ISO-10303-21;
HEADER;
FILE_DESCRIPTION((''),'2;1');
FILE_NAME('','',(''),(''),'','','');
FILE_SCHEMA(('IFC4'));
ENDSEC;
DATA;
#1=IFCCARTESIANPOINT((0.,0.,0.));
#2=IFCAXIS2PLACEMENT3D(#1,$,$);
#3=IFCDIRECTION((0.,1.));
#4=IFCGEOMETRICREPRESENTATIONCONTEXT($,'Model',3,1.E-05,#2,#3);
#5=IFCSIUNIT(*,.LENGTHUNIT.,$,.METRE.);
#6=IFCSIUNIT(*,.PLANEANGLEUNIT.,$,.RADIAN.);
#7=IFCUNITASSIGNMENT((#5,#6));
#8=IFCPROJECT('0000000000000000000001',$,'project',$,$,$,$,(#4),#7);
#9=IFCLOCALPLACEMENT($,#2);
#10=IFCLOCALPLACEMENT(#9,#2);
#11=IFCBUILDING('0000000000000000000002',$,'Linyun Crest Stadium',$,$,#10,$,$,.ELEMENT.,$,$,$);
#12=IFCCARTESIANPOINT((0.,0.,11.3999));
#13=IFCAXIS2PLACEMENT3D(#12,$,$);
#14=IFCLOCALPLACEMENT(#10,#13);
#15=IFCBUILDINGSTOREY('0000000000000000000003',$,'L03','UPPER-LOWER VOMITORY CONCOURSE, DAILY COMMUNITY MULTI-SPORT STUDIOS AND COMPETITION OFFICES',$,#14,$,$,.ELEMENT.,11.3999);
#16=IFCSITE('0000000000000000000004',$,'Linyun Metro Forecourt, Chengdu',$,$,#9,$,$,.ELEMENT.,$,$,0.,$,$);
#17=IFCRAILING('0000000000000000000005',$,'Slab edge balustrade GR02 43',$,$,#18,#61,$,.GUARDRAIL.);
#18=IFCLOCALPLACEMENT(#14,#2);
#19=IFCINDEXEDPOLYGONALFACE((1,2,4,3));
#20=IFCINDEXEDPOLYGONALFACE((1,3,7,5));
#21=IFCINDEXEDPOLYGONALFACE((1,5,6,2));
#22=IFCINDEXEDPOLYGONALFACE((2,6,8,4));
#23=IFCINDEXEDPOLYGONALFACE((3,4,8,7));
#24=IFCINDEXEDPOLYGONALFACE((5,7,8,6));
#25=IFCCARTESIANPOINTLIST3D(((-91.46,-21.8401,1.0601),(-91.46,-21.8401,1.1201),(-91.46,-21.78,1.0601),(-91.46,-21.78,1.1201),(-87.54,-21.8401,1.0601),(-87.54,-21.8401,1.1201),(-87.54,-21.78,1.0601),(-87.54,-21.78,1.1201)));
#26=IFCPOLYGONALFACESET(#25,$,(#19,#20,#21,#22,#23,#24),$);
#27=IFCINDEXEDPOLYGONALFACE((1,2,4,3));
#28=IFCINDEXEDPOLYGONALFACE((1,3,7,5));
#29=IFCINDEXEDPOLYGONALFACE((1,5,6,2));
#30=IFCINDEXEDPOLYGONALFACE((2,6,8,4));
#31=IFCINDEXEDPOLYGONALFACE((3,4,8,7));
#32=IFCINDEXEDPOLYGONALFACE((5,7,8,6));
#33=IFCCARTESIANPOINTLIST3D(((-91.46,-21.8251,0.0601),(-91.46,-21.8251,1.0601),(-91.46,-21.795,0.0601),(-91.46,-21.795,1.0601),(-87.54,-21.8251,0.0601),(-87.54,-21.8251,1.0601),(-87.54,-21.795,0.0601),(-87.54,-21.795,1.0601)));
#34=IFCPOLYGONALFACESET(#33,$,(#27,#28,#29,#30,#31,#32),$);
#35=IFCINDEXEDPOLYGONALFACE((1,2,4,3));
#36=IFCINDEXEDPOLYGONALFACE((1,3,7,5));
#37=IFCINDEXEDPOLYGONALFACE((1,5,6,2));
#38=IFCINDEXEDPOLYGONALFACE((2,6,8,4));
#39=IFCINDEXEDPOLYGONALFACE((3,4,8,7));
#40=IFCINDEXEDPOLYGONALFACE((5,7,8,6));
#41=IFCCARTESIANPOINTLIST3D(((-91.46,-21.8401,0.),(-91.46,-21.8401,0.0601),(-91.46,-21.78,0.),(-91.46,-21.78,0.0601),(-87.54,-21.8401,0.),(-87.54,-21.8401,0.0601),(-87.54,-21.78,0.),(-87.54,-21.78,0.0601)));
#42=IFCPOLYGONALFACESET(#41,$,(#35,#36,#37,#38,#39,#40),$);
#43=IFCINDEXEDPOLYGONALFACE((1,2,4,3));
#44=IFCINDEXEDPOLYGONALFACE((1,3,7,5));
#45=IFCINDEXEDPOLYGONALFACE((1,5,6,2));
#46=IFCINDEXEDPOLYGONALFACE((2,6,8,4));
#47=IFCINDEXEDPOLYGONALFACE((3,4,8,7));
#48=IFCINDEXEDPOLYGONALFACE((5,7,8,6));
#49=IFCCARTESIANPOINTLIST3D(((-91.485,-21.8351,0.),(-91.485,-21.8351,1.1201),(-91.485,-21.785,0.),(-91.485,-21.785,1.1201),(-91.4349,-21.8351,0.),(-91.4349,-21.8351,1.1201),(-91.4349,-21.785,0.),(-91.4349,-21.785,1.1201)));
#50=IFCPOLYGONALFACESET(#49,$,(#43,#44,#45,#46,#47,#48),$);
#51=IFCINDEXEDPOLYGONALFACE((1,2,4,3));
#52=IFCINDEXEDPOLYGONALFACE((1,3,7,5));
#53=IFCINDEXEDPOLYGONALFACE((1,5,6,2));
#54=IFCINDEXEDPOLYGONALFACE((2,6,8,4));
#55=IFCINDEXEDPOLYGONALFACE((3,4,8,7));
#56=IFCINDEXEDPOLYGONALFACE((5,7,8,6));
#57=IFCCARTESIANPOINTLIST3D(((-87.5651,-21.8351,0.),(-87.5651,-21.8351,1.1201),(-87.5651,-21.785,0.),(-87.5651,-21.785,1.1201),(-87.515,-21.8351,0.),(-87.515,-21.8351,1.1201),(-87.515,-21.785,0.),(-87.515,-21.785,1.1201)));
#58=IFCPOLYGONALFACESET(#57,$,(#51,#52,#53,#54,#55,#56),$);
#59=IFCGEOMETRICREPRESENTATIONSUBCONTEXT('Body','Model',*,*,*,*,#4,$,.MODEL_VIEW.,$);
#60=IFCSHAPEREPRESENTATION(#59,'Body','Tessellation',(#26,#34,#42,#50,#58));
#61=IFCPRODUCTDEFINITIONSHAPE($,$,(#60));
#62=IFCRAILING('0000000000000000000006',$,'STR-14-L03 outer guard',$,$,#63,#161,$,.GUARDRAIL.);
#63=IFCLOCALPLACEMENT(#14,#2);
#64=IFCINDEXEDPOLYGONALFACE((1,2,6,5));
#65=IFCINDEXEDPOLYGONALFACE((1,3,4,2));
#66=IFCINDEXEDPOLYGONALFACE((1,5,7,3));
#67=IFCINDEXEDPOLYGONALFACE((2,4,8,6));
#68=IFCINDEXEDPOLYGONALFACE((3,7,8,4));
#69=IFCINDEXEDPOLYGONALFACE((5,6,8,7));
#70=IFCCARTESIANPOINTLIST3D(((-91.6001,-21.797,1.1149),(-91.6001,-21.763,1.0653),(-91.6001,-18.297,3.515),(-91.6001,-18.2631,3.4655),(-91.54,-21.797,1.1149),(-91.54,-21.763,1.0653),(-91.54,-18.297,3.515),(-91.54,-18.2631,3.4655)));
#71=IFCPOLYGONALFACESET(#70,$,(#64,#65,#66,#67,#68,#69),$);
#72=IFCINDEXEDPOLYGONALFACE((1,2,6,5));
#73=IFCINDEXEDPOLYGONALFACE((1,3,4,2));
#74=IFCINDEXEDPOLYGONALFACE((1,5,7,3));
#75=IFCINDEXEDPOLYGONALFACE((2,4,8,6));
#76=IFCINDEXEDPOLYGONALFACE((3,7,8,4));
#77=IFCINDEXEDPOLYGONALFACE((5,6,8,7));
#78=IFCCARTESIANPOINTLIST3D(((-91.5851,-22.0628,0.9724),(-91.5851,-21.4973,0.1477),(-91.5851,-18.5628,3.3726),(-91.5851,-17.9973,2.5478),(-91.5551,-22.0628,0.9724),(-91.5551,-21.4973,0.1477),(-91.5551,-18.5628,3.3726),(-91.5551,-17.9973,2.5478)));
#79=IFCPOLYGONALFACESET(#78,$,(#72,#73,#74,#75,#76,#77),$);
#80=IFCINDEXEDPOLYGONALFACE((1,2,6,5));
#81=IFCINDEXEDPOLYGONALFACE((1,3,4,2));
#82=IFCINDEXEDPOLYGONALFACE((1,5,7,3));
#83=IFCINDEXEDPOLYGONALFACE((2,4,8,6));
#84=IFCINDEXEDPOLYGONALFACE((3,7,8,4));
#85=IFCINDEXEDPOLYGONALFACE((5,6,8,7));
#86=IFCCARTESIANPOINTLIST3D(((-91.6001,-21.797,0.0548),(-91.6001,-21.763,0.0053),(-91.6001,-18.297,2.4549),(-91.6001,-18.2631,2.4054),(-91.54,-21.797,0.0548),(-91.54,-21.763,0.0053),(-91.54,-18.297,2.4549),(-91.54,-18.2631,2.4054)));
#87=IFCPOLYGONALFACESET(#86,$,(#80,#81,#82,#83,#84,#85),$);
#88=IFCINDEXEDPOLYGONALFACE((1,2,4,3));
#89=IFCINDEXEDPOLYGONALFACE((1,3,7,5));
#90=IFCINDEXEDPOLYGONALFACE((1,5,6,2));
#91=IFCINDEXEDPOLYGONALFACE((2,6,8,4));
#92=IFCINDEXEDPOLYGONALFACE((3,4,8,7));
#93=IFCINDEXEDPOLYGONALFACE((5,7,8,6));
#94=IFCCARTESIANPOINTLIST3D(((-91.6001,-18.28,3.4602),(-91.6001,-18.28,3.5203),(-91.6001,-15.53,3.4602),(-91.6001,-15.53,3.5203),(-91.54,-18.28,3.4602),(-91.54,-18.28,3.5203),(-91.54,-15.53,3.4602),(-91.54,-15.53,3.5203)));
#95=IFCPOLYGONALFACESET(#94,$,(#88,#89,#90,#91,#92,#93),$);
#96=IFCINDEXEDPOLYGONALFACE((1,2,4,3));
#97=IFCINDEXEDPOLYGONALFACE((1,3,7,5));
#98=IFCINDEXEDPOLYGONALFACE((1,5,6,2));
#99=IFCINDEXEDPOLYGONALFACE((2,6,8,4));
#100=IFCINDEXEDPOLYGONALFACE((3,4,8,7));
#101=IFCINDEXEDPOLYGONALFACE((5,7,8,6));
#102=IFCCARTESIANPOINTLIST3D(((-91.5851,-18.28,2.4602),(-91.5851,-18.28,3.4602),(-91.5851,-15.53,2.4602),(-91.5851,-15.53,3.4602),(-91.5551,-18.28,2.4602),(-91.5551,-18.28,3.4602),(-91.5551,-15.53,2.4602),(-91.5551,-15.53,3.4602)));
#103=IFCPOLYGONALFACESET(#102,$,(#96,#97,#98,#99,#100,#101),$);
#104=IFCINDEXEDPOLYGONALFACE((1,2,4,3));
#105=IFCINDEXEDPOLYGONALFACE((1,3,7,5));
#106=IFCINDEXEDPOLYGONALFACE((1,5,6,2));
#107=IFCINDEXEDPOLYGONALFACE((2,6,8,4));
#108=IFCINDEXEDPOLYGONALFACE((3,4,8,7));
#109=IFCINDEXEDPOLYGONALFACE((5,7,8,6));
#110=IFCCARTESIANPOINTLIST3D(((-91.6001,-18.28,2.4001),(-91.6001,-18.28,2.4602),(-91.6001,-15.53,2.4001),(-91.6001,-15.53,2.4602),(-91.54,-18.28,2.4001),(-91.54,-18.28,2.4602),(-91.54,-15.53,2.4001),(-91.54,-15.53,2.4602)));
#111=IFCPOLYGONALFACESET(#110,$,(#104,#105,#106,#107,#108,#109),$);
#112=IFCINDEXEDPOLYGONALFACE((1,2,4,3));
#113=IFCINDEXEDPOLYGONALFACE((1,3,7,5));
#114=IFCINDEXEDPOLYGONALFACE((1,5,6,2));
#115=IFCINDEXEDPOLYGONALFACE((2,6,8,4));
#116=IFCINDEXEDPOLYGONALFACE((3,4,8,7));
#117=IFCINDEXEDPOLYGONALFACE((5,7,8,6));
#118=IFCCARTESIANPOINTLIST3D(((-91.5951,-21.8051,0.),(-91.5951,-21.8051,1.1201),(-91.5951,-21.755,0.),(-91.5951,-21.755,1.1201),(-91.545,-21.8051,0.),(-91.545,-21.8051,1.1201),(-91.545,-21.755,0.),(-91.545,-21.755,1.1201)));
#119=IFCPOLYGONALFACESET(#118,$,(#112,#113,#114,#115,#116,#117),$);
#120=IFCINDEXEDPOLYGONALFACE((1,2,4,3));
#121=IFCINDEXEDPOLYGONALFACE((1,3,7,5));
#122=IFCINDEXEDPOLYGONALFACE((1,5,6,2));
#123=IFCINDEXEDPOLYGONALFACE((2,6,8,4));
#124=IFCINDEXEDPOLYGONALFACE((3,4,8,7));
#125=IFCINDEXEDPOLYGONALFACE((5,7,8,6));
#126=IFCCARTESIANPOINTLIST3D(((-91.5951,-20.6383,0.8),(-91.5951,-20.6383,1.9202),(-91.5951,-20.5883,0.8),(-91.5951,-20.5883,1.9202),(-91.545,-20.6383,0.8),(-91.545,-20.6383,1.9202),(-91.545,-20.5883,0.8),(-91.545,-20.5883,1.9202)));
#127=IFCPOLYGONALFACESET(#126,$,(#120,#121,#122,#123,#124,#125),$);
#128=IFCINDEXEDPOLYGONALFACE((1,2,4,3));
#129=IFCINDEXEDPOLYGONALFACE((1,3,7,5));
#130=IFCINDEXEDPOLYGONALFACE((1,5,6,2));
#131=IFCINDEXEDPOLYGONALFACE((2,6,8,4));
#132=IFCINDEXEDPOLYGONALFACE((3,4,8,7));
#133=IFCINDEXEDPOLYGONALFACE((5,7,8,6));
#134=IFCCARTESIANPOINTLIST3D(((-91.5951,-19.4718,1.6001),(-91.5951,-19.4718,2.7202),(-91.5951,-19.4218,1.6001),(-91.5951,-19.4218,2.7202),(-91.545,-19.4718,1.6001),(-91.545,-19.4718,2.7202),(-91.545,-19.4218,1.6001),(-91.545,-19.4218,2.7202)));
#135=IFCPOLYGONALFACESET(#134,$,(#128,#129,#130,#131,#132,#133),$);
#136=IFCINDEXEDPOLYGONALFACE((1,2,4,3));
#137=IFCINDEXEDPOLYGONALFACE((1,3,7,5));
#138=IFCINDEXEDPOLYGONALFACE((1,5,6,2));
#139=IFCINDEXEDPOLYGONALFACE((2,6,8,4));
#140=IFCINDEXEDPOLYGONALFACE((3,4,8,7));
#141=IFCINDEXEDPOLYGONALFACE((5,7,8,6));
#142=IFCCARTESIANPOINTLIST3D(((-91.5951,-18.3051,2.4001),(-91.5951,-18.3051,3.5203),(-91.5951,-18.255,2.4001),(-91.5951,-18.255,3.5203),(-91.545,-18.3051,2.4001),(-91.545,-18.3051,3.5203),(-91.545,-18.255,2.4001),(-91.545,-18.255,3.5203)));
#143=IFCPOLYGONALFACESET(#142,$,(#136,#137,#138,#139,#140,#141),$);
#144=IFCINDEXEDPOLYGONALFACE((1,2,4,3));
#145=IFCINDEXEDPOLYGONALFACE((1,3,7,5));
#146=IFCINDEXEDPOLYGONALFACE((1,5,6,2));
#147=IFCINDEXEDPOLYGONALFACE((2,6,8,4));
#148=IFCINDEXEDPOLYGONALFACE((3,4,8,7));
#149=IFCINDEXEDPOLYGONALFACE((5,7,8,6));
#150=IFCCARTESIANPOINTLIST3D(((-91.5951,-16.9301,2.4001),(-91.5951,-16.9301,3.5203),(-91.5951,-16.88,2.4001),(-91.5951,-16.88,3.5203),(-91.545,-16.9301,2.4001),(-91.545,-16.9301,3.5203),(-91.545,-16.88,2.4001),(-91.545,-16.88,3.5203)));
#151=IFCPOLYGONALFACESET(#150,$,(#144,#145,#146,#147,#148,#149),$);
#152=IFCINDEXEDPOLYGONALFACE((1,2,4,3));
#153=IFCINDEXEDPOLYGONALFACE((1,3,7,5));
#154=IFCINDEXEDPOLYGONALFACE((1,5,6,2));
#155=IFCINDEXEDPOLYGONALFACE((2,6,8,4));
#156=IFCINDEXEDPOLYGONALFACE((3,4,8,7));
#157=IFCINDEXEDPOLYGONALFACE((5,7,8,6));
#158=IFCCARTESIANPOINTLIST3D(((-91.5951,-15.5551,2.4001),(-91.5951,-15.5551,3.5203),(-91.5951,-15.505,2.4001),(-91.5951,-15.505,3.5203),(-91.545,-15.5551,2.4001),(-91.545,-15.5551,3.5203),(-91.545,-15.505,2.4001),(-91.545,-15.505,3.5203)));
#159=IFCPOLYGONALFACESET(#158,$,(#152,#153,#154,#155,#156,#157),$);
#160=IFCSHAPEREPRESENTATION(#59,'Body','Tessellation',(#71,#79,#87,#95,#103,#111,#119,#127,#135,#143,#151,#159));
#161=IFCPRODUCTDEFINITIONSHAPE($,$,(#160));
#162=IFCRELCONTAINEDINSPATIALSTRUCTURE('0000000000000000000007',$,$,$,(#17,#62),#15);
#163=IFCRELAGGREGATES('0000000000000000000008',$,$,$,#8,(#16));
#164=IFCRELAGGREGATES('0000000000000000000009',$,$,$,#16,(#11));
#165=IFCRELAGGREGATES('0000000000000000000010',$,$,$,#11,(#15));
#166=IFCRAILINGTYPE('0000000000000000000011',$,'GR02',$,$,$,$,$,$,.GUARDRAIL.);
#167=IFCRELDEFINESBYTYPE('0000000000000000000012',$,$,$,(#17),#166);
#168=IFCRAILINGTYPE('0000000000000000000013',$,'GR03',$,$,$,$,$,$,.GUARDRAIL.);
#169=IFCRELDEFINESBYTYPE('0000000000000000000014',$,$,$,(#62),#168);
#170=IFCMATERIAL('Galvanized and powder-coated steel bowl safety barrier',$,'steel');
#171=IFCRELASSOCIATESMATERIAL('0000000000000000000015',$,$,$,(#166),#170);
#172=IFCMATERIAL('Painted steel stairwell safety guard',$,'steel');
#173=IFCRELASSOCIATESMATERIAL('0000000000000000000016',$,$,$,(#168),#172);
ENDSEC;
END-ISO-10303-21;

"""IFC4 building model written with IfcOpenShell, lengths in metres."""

from ifc_helpers import new_model, si_unit, direction, frame, origin, origin_2d, place, context, subcontext, project, spatial, rectangle, extrude, material, type_object, element, save


model = new_model("IFC4")

# Units and contexts
model_context = context("Model", 3, precision=1e-05, world=origin(), true_north=direction((0.0, 1.0)))
body_context = subcontext(model_context, "Body", "Model", "MODEL_VIEW")
ifc_project = project(units=[si_unit("LENGTHUNIT", "METRE"), si_unit("PLANEANGLEUNIT", "RADIAN")], contexts=[model_context])

# Site, building, storey
site_placement = place(None, origin())
site = spatial("IfcSite", under=ifc_project, at=site_placement, Name="Linyun Metro Forecourt, Chengdu", CompositionType="ELEMENT", RefElevation=0.0)
building_placement = place(site_placement, origin())
building = spatial("IfcBuilding", under=site, at=building_placement, Name="Linyun Crest Stadium", CompositionType="ELEMENT")
storey_placement = place(building_placement, frame((0.0, 0.0, 11.3999)))
storey = spatial("IfcBuildingStorey", under=building, at=storey_placement, Name="L03", Description="UPPER-LOWER VOMITORY CONCOURSE, DAILY COMMUNITY MULTI-SPORT STUDIOS AND COMPETITION OFFICES", CompositionType="ELEMENT", Elevation=11.3999)

# Railings
ifc_material_1 = material(Name="Galvanized and powder-coated steel bowl safety barrier", Category="steel")
railing_type_1 = type_object("IfcRailingType", Name="GR02", PredefinedType="GUARDRAIL", material=ifc_material_1)
railing_1_placement = place(storey_placement, frame((-91.46, -21.8101, 0.0)))
element("IfcRailing", 1, at=railing_1_placement, inside=storey, type_object=railing_type_1, Name="Slab edge balustrade GR02 43", PredefinedType="GUARDRAIL", context=body_context, shape_type="SweptSolid", body=[
    extrude(rectangle(XDim=0.0601, YDim=0.0601, at=origin_2d()), frame((0.0, 0.0, 1.0901), z_axis=(1.0, 0.0, 0.0), x_axis=(0.0, 1.0, 0.0)), (0.0, 0.0, 1.0), 3.9199),
    extrude(rectangle(XDim=0.03, YDim=1.0, at=origin_2d()), frame((0.0, 0.0, 0.5601), z_axis=(1.0, 0.0, 0.0), x_axis=(0.0, 1.0, 0.0)), (0.0, 0.0, 1.0), 3.9199),
    extrude(rectangle(XDim=0.0601, YDim=0.0601, at=origin_2d()), frame((0.0, 0.0, 0.03), z_axis=(1.0, 0.0, 0.0), x_axis=(0.0, 1.0, 0.0)), (0.0, 0.0, 1.0), 3.9199),
    extrude(rectangle(XDim=0.05, YDim=0.05, at=origin_2d()), origin(), (0.0, 0.0, 1.0), 1.1201),
    extrude(rectangle(XDim=0.05, YDim=0.05, at=origin_2d()), frame((3.9199, 0.0, 0.0)), (0.0, 0.0, 1.0), 1.1201),
])
ifc_material_2 = material(Name="Painted steel stairwell safety guard", Category="steel")
railing_type_2 = type_object("IfcRailingType", Name="GR03", PredefinedType="GUARDRAIL", material=ifc_material_2)
railing_2_placement = place(storey_placement, frame((-91.5701, -21.78, 0.0)))
element("IfcRailing", 2, at=railing_2_placement, inside=storey, type_object=railing_type_2, Name="STR-14-L03 outer guard", PredefinedType="GUARDRAIL", context=body_context, shape_type="SweptSolid", body=[
    extrude(rectangle(XDim=0.0601, YDim=0.0601, at=origin_2d()), frame((0.0, 0.0, 1.0901), z_axis=(0.0, 0.824713, 0.565552), x_axis=(-1.0, 0.0, 0.0)), (0.0, 0.0, 1.0), 4.2439),
    extrude(rectangle(XDim=0.03, YDim=1.0, at=origin_2d()), frame((0.0, 0.0, 0.5601), z_axis=(0.0, 0.824713, 0.565552), x_axis=(-1.0, 0.0, 0.0)), (0.0, 0.0, 1.0), 4.2439),
    extrude(rectangle(XDim=0.0601, YDim=0.0601, at=origin_2d()), frame((0.0, 0.0, 0.03), z_axis=(0.0, 0.824713, 0.565552), x_axis=(-1.0, 0.0, 0.0)), (0.0, 0.0, 1.0), 4.2439),
    extrude(rectangle(XDim=0.0601, YDim=0.0601, at=origin_2d()), frame((0.0, 3.5, 3.4902), z_axis=(0.0, 1.0, 0.0), x_axis=(-1.0, 0.0, 0.0)), (0.0, 0.0, 1.0), 2.75),
    extrude(rectangle(XDim=0.03, YDim=1.0, at=origin_2d()), frame((0.0, 3.5, 2.9602), z_axis=(0.0, 1.0, 0.0), x_axis=(-1.0, 0.0, 0.0)), (0.0, 0.0, 1.0), 2.75),
    extrude(rectangle(XDim=0.0601, YDim=0.0601, at=origin_2d()), frame((0.0, 3.5, 2.4302), z_axis=(0.0, 1.0, 0.0), x_axis=(-1.0, 0.0, 0.0)), (0.0, 0.0, 1.0), 2.75),
    extrude(rectangle(XDim=0.05, YDim=0.05, at=origin_2d()), origin(), (0.0, 0.0, 1.0), 1.1201),
    extrude(rectangle(XDim=0.05, YDim=0.05, at=origin_2d()), frame((0.0, 1.1667, 0.8)), (0.0, 0.0, 1.0), 1.1201),
    extrude(rectangle(XDim=0.05, YDim=0.05, at=origin_2d()), frame((0.0, 2.3333, 1.6001)), (0.0, 0.0, 1.0), 1.1201),
    extrude(rectangle(XDim=0.05, YDim=0.05, at=origin_2d()), frame((0.0, 3.5, 2.4001)), (0.0, 0.0, 1.0), 1.1201),
    extrude(rectangle(XDim=0.05, YDim=0.05, at=origin_2d()), frame((0.0, 4.875, 2.4001)), (0.0, 0.0, 1.0), 1.1201),
    extrude(rectangle(XDim=0.05, YDim=0.05, at=origin_2d()), frame((0.0, 6.25, 2.4001)), (0.0, 0.0, 1.0), 1.1201),
])

save(model, "model.ifc")
